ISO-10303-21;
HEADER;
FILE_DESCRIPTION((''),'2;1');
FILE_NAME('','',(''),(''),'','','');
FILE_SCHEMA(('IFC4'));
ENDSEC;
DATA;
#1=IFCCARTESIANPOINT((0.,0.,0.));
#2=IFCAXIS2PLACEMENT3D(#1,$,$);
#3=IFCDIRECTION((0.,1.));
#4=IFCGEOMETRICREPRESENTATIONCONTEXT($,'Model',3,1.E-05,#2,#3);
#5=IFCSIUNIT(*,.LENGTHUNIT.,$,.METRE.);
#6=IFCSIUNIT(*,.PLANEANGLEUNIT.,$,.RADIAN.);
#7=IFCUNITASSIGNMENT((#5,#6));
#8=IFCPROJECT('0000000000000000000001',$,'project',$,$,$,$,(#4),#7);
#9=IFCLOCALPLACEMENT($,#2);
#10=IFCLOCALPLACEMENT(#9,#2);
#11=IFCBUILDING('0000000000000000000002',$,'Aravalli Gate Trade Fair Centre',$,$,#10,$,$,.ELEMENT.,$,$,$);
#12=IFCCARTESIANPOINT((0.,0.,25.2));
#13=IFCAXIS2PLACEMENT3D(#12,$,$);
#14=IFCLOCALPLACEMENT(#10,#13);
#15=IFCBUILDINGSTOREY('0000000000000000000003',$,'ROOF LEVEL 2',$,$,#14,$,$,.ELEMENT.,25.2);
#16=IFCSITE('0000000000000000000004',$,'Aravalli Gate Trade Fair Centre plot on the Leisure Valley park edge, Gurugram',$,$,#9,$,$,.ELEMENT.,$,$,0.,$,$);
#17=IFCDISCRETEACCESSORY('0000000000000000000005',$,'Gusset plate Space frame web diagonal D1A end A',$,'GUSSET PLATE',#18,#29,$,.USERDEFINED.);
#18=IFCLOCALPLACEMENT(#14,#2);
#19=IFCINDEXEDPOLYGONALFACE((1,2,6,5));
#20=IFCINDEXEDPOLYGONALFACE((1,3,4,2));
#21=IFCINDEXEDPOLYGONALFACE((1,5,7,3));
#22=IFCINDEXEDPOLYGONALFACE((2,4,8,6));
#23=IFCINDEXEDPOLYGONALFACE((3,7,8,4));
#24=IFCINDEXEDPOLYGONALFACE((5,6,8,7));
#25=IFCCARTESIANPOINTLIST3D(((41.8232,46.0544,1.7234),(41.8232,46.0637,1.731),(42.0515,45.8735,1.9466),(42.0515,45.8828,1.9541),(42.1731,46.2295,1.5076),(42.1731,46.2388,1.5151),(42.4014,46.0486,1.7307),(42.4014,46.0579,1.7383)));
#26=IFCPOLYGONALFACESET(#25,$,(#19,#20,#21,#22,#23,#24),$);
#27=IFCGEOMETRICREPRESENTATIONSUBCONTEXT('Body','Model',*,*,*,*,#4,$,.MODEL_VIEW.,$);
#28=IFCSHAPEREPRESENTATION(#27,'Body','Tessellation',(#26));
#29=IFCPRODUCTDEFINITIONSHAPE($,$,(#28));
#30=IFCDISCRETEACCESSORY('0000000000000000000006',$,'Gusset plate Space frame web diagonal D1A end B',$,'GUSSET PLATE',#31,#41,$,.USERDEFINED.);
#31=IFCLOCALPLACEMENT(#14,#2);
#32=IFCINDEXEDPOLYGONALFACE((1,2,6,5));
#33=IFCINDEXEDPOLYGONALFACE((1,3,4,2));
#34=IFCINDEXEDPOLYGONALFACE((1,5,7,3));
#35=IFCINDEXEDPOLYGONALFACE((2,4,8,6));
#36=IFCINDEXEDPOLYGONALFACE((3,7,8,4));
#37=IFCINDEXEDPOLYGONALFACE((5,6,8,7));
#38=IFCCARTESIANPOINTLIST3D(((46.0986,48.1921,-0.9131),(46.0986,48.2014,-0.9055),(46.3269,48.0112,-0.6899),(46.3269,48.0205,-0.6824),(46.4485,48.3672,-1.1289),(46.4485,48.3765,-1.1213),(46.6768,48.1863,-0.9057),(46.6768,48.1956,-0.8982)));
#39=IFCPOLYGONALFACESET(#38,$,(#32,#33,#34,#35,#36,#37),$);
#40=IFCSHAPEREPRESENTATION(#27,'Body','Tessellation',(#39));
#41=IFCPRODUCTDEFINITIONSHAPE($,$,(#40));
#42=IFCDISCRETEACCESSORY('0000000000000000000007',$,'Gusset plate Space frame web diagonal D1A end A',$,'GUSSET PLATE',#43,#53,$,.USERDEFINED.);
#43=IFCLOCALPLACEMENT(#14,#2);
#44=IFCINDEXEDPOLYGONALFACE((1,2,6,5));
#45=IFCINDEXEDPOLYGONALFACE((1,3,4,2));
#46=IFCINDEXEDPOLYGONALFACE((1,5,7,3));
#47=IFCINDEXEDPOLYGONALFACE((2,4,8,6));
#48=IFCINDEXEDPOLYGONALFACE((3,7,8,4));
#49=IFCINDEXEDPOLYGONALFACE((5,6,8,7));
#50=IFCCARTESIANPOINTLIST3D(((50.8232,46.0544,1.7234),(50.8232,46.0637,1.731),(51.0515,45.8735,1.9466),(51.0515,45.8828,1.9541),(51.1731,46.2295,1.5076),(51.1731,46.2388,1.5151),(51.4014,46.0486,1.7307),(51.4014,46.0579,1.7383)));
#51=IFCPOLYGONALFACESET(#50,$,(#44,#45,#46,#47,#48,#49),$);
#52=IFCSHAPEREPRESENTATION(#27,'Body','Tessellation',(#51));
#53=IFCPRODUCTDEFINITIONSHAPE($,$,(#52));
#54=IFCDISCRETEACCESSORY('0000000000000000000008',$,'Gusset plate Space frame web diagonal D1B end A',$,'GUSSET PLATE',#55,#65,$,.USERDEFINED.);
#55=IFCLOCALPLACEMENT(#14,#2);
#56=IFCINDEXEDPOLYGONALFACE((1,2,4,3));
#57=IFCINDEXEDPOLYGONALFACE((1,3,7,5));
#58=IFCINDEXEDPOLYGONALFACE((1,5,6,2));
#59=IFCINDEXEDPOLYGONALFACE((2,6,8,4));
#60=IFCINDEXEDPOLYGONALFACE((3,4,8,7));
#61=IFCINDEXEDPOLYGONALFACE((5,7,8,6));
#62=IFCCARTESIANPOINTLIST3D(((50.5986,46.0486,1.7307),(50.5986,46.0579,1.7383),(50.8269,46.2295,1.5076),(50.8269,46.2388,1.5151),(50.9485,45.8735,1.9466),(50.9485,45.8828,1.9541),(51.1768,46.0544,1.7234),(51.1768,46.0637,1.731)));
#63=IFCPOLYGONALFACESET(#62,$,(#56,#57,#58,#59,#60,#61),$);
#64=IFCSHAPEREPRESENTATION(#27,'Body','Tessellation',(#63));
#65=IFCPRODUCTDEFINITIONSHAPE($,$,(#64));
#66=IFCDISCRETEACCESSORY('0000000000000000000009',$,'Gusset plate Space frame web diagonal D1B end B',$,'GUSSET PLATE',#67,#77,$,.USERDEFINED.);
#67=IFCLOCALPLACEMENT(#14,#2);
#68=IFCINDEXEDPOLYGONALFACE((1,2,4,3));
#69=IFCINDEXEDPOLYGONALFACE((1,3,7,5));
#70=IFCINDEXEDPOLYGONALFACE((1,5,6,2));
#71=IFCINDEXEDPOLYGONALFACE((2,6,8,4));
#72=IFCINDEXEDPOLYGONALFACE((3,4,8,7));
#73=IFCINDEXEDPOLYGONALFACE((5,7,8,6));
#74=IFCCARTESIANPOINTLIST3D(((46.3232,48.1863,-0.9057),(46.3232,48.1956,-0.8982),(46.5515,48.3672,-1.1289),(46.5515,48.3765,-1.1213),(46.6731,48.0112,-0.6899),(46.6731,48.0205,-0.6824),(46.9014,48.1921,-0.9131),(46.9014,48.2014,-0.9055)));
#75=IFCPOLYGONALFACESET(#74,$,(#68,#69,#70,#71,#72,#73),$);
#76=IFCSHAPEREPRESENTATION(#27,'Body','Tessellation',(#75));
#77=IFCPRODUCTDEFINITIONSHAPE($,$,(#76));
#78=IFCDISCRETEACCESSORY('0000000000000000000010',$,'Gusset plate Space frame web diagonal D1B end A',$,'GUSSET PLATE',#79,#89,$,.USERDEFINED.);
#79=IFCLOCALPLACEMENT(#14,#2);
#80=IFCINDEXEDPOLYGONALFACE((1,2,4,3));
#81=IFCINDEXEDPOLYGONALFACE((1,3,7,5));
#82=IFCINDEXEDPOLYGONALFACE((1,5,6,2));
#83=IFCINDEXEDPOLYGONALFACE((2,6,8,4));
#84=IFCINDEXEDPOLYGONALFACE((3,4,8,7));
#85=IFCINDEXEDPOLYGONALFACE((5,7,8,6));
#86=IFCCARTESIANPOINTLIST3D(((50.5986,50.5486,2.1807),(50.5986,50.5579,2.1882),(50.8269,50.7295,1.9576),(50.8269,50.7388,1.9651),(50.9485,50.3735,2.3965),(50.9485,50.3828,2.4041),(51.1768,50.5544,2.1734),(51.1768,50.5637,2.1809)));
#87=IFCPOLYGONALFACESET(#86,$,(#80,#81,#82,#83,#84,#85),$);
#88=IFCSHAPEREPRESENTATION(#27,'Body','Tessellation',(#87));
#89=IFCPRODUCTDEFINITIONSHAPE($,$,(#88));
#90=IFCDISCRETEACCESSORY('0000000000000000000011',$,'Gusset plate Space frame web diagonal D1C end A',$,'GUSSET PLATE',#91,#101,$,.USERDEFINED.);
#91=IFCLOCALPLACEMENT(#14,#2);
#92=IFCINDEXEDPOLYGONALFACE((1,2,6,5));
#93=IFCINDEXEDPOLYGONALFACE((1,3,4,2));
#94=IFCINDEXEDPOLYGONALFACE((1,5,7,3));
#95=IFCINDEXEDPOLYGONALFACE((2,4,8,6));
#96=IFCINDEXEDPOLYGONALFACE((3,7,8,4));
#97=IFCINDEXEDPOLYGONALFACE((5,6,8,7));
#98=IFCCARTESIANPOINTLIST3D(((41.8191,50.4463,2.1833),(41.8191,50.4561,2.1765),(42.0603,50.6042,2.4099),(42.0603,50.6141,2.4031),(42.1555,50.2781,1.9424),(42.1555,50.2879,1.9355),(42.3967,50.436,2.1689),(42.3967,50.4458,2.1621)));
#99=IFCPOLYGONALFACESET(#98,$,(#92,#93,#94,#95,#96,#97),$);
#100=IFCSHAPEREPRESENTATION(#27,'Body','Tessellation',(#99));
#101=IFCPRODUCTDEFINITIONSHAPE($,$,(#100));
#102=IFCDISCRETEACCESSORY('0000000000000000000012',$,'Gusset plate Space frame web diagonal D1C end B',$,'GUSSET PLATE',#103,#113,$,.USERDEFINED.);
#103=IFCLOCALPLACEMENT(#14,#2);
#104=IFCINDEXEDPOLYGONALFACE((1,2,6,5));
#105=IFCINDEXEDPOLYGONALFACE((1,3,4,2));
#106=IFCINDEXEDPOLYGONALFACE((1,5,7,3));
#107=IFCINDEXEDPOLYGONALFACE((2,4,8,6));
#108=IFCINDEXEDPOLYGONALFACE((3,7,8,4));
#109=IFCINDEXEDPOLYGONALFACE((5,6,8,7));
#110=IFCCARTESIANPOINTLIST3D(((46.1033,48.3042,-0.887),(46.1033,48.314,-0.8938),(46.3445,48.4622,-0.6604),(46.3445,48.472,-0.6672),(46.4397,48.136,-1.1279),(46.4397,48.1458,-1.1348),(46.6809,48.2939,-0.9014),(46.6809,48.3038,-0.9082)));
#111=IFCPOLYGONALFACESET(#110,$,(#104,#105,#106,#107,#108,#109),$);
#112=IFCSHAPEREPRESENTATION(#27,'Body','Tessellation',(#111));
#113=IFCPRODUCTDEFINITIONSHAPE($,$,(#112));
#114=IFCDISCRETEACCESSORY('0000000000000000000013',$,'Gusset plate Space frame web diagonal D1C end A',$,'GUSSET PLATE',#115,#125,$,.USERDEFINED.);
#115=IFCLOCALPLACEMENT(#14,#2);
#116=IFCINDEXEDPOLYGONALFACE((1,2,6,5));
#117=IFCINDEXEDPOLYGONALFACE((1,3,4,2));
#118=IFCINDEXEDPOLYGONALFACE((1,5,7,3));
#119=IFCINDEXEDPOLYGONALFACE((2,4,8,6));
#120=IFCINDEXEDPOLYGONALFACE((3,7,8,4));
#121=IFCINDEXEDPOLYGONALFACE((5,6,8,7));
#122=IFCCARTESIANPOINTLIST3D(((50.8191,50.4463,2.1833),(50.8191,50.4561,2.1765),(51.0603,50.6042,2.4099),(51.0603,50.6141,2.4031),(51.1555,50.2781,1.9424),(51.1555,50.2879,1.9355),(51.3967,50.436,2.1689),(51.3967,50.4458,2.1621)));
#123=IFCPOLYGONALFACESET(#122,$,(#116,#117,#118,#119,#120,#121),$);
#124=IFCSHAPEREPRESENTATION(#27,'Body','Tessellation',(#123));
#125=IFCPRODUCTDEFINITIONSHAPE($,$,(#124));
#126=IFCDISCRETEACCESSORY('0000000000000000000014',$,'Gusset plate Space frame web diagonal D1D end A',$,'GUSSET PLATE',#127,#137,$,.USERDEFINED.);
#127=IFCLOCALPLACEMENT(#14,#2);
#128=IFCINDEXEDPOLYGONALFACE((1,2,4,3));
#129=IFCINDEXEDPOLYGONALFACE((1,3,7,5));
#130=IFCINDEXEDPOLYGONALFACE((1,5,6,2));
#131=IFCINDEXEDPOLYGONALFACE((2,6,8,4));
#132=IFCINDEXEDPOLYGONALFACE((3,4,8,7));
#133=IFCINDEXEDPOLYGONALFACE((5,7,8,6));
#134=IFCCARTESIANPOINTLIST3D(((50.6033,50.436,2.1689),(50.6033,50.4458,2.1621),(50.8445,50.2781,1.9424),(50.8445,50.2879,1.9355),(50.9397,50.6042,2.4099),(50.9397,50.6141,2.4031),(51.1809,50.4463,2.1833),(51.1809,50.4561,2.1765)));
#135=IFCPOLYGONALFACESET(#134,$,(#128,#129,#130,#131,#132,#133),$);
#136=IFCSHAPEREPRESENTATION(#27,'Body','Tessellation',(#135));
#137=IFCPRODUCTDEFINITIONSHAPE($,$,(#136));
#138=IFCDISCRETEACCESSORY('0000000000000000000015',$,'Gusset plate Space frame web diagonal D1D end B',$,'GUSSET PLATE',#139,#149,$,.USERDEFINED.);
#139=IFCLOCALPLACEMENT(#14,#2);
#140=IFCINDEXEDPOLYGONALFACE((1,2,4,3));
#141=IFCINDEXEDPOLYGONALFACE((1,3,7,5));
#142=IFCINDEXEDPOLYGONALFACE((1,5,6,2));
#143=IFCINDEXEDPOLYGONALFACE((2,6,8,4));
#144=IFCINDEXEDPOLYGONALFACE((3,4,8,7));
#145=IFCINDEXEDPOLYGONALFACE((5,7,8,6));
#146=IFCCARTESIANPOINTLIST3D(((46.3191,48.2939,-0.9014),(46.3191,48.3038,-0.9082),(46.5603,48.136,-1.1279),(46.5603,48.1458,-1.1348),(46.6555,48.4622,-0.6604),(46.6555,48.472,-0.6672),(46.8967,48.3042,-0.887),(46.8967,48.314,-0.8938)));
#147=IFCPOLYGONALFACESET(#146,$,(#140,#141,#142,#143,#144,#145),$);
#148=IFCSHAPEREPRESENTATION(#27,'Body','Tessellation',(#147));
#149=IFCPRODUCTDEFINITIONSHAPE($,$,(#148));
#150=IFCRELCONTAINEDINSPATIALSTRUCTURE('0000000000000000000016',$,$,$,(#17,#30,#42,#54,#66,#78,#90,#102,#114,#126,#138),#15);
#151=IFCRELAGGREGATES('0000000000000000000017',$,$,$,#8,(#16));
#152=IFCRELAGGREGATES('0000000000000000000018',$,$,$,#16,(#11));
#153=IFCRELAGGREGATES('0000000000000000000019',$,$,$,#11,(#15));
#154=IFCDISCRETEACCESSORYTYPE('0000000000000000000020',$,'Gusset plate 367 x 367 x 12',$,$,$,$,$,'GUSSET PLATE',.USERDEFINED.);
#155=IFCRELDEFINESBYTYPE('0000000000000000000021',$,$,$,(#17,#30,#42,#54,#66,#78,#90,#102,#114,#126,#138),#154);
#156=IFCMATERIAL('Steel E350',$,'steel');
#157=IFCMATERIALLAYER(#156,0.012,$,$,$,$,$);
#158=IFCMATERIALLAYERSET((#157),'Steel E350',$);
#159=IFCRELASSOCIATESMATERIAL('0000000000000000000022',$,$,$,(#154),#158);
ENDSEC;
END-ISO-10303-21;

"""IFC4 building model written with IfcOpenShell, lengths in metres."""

from ifc_helpers import new_model, si_unit, direction, frame, origin, place, context, subcontext, project, spatial, polyline, outline, extrude, material, layer, layer_set, type_object, element, save


model = new_model("IFC4")

# Units and contexts
model_context = context("Model", 3, precision=1e-05, world=origin(), true_north=direction((0.0, 1.0)))
body_context = subcontext(model_context, "Body", "Model", "MODEL_VIEW")
ifc_project = project(units=[si_unit("LENGTHUNIT", "METRE"), si_unit("PLANEANGLEUNIT", "RADIAN")], contexts=[model_context])

# Site, building, storey
site_placement = place(None, origin())
site = spatial("IfcSite", under=ifc_project, at=site_placement, Name="Aravalli Gate Trade Fair Centre plot on the Leisure Valley park edge, Gurugram", CompositionType="ELEMENT", RefElevation=0.0)
building_placement = place(site_placement, origin())
building = spatial("IfcBuilding", under=site, at=building_placement, Name="Aravalli Gate Trade Fair Centre", CompositionType="ELEMENT")
storey_placement = place(building_placement, frame((0.0, 0.0, 25.2)))
storey = spatial("IfcBuildingStorey", under=building, at=storey_placement, Name="ROOF LEVEL 2", CompositionType="ELEMENT", Elevation=25.2)

# Shared definitions
ifc_material_1 = material(Name="Steel E350", Category="steel")

# Discrete accessories
ifc_layer_1 = layer(ifc_material_1, 0.012)
ifc_layer_set_1 = layer_set([ifc_layer_1], Name="Steel E350")
discrete_accessory_type_1 = type_object("IfcDiscreteAccessoryType", Name="Gusset plate 367 x 367 x 12", ElementType="GUSSET PLATE", PredefinedType="USERDEFINED", material=ifc_layer_set_1)
discrete_accessory_1_placement = place(storey_placement, frame((42.1731, 46.2388, 1.5151), z_axis=(-0.000107, 0.776736, 0.629826), x_axis=(-0.783044, -0.391795, 0.48305)))
element("IfcDiscreteAccessory", 1, at=discrete_accessory_1_placement, inside=storey, type_object=discrete_accessory_type_1, Name="Gusset plate Space frame web diagonal D1A end A", ObjectType="GUSSET PLATE", PredefinedType="USERDEFINED", context=body_context, shape_type="SweptSolid", body=[
    extrude(outline(polyline([(0.0, 0.0), (0.4468, 0.0), (0.4467, 0.3669), (-0.0001, 0.3669), (0.0, 0.0)])), origin(), (0.0, 0.0, -1.0), 0.012),
])
discrete_accessory_2_placement = place(storey_placement, frame((46.0986, 48.2014, -0.9055), z_axis=(-0.000107, 0.776736, 0.629826), x_axis=(0.783044, 0.391795, -0.48305)))
element("IfcDiscreteAccessory", 2, at=discrete_accessory_2_placement, inside=storey, type_object=discrete_accessory_type_1, Name="Gusset plate Space frame web diagonal D1A end B", ObjectType="GUSSET PLATE", PredefinedType="USERDEFINED", context=body_context, shape_type="SweptSolid", body=[
    extrude(outline(polyline([(0.0, 0.0), (0.4468, 0.0), (0.4469, -0.3669), (0.0001, -0.3669), (0.0, 0.0)])), origin(), (0.0, 0.0, -1.0), 0.012),
])
discrete_accessory_3_placement = place(storey_placement, frame((51.1731, 46.2388, 1.5151), z_axis=(-0.000107, 0.776736, 0.629826), x_axis=(-0.783044, -0.391795, 0.48305)))
element("IfcDiscreteAccessory", 3, at=discrete_accessory_3_placement, inside=storey, type_object=discrete_accessory_type_1, Name="Gusset plate Space frame web diagonal D1A end A", ObjectType="GUSSET PLATE", PredefinedType="USERDEFINED", context=body_context, shape_type="SweptSolid", body=[
    extrude(outline(polyline([(0.0, 0.0), (0.4468, 0.0), (0.4467, 0.3669), (-0.0001, 0.3669), (0.0, 0.0)])), origin(), (0.0, 0.0, -1.0), 0.012),
])
discrete_accessory_4_placement = place(storey_placement, frame((50.5986, 46.0579, 1.7383), z_axis=(0.000107, 0.776736, 0.629826), x_axis=(0.783044, -0.391795, 0.48305)))
element("IfcDiscreteAccessory", 4, at=discrete_accessory_4_placement, inside=storey, type_object=discrete_accessory_type_1, Name="Gusset plate Space frame web diagonal D1B end A", ObjectType="GUSSET PLATE", PredefinedType="USERDEFINED", context=body_context, shape_type="SweptSolid", body=[
    extrude(outline(polyline([(0.0, 0.0), (0.4468, 0.0), (0.4469, 0.3669), (0.0001, 0.3669), (0.0, 0.0)])), origin(), (0.0, 0.0, -1.0), 0.012),
])
discrete_accessory_5_placement = place(storey_placement, frame((46.6731, 48.0205, -0.6824), z_axis=(0.000107, 0.776736, 0.629826), x_axis=(-0.783044, 0.391795, -0.48305)))
element("IfcDiscreteAccessory", 5, at=discrete_accessory_5_placement, inside=storey, type_object=discrete_accessory_type_1, Name="Gusset plate Space frame web diagonal D1B end B", ObjectType="GUSSET PLATE", PredefinedType="USERDEFINED", context=body_context, shape_type="SweptSolid", body=[
    extrude(outline(polyline([(0.0, 0.0), (0.4468, 0.0), (0.4467, -0.3669), (-0.0001, -0.3669), (0.0, 0.0)])), origin(), (0.0, 0.0, -1.0), 0.012),
])
discrete_accessory_6_placement = place(storey_placement, frame((50.5986, 50.5579, 2.1882), z_axis=(0.000107, 0.776736, 0.629826), x_axis=(0.783044, -0.391795, 0.48305)))
element("IfcDiscreteAccessory", 6, at=discrete_accessory_6_placement, inside=storey, type_object=discrete_accessory_type_1, Name="Gusset plate Space frame web diagonal D1B end A", ObjectType="GUSSET PLATE", PredefinedType="USERDEFINED", context=body_context, shape_type="SweptSolid", body=[
    extrude(outline(polyline([(0.0, 0.0), (0.4468, 0.0), (0.4469, 0.3669), (0.0001, 0.3669), (0.0, 0.0)])), origin(), (0.0, 0.0, -1.0), 0.012),
])
discrete_accessory_7_placement = place(storey_placement, frame((42.1555, 50.2781, 1.9424), z_axis=(-0.000292, -0.820164, 0.572128), x_axis=(-0.753132, 0.376566, 0.539435)))
element("IfcDiscreteAccessory", 7, at=discrete_accessory_7_placement, inside=storey, type_object=discrete_accessory_type_1, Name="Gusset plate Space frame web diagonal D1C end A", ObjectType="GUSSET PLATE", PredefinedType="USERDEFINED", context=body_context, shape_type="SweptSolid", body=[
    extrude(outline(polyline([(0.0, 0.0), (0.4467, 0.0), (0.4467, -0.3667), (0.0, -0.3667), (0.0, 0.0)])), origin(), (0.0, 0.0, -1.0), 0.012),
])
discrete_accessory_8_placement = place(storey_placement, frame((46.1033, 48.3042, -0.887), z_axis=(-0.000292, -0.820164, 0.572128), x_axis=(0.753132, -0.376566, -0.539435)))
element("IfcDiscreteAccessory", 8, at=discrete_accessory_8_placement, inside=storey, type_object=discrete_accessory_type_1, Name="Gusset plate Space frame web diagonal D1C end B", ObjectType="GUSSET PLATE", PredefinedType="USERDEFINED", context=body_context, shape_type="SweptSolid", body=[
    extrude(outline(polyline([(0.0, 0.0), (0.4467, 0.0), (0.4467, 0.3667), (0.0, 0.3667), (0.0, 0.0)])), origin(), (0.0, 0.0, -1.0), 0.012),
])
discrete_accessory_9_placement = place(storey_placement, frame((51.1555, 50.2781, 1.9424), z_axis=(-0.000292, -0.820164, 0.572128), x_axis=(-0.753132, 0.376566, 0.539435)))
element("IfcDiscreteAccessory", 9, at=discrete_accessory_9_placement, inside=storey, type_object=discrete_accessory_type_1, Name="Gusset plate Space frame web diagonal D1C end A", ObjectType="GUSSET PLATE", PredefinedType="USERDEFINED", context=body_context, shape_type="SweptSolid", body=[
    extrude(outline(polyline([(0.0, 0.0), (0.4467, 0.0), (0.4467, -0.3667), (0.0, -0.3667), (0.0, 0.0)])), origin(), (0.0, 0.0, -1.0), 0.012),
])
discrete_accessory_10_placement = place(storey_placement, frame((50.6033, 50.436, 2.1689), z_axis=(0.000292, -0.820164, 0.572128), x_axis=(0.753132, 0.376566, 0.539435)))
element("IfcDiscreteAccessory", 10, at=discrete_accessory_10_placement, inside=storey, type_object=discrete_accessory_type_1, Name="Gusset plate Space frame web diagonal D1D end A", ObjectType="GUSSET PLATE", PredefinedType="USERDEFINED", context=body_context, shape_type="SweptSolid", body=[
    extrude(outline(polyline([(0.0, 0.0), (0.4467, 0.0), (0.4467, -0.3667), (0.0, -0.3667), (0.0, 0.0)])), origin(), (0.0, 0.0, -1.0), 0.012),
])
discrete_accessory_11_placement = place(storey_placement, frame((46.6555, 48.4622, -0.6604), z_axis=(0.000292, -0.820164, 0.572128), x_axis=(-0.753132, -0.376566, -0.539435)))
element("IfcDiscreteAccessory", 11, at=discrete_accessory_11_placement, inside=storey, type_object=discrete_accessory_type_1, Name="Gusset plate Space frame web diagonal D1D end B", ObjectType="GUSSET PLATE", PredefinedType="USERDEFINED", context=body_context, shape_type="SweptSolid", body=[
    extrude(outline(polyline([(0.0, 0.0), (0.4467, 0.0), (0.4467, 0.3667), (0.0, 0.3667), (0.0, 0.0)])), origin(), (0.0, 0.0, -1.0), 0.012),
])

save(model, "model.ifc")
